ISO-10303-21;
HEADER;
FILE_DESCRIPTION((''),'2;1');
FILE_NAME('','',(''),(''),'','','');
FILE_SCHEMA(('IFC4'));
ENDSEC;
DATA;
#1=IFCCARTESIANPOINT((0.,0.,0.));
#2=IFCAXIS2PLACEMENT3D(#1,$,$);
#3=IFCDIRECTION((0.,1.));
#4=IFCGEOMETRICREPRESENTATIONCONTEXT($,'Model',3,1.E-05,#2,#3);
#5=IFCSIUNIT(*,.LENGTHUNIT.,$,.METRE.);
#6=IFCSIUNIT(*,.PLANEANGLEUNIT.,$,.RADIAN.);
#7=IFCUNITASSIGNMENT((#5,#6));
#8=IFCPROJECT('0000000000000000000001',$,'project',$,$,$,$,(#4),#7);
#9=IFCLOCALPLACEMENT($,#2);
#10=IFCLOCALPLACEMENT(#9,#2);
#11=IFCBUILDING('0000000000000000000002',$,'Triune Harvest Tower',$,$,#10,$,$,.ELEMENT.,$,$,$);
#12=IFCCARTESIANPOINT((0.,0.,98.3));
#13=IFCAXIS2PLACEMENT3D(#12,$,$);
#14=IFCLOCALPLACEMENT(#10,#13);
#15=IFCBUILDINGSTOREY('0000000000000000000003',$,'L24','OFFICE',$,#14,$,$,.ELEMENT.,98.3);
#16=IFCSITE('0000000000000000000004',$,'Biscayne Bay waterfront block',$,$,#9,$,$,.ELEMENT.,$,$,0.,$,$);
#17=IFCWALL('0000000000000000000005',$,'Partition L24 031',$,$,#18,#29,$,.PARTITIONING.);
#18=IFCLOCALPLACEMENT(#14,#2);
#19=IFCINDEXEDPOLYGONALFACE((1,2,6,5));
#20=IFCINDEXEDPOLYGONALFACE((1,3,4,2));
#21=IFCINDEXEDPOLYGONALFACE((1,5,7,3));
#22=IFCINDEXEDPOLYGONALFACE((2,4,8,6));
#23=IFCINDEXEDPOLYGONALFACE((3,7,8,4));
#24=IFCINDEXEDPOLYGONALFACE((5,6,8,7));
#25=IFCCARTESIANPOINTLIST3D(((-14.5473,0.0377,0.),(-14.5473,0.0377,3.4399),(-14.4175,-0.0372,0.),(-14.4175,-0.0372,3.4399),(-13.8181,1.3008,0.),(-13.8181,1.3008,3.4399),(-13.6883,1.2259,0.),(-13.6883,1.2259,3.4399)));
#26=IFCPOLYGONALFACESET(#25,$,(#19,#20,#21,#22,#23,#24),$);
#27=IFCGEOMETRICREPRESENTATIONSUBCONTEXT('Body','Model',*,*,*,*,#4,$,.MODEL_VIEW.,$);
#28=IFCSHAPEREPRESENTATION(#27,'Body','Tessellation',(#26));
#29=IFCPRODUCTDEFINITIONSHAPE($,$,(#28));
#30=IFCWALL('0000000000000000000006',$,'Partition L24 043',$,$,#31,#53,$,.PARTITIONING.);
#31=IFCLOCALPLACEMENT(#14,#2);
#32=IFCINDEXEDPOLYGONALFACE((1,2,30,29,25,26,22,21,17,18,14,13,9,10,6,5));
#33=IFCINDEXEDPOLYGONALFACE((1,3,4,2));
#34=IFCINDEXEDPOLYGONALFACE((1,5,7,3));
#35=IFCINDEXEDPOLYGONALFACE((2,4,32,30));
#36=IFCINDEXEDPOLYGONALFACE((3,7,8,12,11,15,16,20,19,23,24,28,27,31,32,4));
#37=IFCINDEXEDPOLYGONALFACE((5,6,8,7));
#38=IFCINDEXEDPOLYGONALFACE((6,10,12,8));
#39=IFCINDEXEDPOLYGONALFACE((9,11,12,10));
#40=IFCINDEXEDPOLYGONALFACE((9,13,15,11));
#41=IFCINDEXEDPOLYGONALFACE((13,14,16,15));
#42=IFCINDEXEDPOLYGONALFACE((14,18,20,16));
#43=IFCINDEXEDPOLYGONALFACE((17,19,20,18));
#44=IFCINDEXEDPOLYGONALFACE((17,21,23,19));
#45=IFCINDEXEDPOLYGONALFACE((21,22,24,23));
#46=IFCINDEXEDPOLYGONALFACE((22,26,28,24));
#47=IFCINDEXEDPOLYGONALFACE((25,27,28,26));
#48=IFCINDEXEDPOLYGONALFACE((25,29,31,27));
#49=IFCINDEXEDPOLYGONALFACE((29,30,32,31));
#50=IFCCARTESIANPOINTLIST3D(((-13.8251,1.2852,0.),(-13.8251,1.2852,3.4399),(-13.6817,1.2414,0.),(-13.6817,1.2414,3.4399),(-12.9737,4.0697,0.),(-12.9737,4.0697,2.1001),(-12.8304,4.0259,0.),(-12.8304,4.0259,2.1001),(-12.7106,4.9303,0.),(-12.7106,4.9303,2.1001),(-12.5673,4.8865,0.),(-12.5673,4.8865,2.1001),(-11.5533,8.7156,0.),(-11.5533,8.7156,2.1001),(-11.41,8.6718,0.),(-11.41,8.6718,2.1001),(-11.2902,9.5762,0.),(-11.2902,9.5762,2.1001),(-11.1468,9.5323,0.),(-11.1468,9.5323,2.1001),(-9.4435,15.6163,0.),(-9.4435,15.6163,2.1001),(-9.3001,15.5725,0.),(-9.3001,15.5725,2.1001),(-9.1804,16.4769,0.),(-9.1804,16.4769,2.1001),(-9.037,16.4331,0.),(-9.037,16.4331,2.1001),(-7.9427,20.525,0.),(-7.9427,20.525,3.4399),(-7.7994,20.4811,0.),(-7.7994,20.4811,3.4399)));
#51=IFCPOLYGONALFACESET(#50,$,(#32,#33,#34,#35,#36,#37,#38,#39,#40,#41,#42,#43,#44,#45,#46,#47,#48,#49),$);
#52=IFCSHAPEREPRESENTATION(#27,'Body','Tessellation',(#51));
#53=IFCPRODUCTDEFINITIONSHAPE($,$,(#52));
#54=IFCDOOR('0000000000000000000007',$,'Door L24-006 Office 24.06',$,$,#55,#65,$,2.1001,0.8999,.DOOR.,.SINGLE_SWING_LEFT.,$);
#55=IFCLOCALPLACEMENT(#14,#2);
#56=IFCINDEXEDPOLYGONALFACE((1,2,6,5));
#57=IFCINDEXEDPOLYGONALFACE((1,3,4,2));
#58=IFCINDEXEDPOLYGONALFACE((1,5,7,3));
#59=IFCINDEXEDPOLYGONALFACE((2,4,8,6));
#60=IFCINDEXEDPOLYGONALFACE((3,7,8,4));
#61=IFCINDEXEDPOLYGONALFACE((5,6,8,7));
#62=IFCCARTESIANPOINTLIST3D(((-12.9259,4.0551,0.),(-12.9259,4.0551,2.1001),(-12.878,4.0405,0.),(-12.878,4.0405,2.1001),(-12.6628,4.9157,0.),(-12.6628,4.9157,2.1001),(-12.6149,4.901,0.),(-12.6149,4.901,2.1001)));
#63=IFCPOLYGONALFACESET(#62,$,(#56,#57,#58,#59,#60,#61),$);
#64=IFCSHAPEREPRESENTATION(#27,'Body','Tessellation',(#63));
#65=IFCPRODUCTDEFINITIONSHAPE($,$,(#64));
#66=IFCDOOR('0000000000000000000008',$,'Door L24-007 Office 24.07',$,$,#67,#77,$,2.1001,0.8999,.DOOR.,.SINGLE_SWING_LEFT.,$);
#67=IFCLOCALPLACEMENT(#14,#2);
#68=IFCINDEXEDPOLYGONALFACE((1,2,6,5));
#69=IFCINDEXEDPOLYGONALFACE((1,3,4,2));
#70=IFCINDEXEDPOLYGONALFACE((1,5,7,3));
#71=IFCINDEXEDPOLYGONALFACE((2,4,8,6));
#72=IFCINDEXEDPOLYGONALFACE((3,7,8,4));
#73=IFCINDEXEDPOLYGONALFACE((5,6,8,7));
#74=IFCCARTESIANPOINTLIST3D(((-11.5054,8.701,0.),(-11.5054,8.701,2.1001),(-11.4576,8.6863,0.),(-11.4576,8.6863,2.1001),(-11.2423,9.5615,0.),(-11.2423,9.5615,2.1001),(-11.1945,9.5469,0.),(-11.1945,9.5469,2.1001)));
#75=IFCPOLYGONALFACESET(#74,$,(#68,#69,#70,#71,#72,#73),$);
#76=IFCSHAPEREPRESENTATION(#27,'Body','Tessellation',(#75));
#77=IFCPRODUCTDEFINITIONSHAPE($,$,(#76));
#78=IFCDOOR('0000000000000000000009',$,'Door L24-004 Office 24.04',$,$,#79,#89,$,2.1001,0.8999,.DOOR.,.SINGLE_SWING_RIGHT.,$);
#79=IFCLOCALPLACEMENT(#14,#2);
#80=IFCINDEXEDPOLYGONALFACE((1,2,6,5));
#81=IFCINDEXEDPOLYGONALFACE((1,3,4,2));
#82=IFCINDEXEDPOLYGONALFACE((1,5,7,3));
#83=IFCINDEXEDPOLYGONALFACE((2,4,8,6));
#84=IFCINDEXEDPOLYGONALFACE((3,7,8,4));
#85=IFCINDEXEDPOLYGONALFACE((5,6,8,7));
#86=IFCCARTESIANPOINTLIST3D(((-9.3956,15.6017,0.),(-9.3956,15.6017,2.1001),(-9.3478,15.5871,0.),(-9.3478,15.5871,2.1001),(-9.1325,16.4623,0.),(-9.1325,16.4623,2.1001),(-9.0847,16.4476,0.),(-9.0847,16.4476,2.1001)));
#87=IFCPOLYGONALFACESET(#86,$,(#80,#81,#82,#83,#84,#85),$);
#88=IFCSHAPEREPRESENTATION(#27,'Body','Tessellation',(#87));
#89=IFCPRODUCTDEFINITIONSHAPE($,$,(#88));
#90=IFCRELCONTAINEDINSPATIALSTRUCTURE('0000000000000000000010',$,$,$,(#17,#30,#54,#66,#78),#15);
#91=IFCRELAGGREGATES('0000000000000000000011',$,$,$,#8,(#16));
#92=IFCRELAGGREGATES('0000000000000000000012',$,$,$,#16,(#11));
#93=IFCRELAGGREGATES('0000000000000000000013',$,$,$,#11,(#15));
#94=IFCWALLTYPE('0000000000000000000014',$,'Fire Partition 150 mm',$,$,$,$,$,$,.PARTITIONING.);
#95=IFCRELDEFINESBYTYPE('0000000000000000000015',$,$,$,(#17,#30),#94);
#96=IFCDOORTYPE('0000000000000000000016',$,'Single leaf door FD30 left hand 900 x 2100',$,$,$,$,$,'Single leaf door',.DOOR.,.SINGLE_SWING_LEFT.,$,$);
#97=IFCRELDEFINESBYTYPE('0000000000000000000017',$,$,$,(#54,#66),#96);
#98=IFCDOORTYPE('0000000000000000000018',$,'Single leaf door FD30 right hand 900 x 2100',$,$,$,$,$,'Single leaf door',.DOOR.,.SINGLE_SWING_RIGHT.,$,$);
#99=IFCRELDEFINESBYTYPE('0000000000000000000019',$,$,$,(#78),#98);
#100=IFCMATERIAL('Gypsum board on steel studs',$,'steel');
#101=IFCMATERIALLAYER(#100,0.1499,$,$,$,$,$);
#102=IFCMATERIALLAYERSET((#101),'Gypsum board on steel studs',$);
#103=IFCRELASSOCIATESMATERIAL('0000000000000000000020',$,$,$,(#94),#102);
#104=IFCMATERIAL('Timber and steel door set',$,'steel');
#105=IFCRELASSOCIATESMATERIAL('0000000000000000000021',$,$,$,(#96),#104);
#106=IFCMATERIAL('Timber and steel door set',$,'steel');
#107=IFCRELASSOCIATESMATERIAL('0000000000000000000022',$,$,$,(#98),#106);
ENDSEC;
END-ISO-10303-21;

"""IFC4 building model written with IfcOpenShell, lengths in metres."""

from ifc_helpers import new_model, si_unit, direction, frame, frame_2d, origin, place, context, subcontext, project, spatial, rectangle, extrude, source, transform, mapped, material, layer, layer_set, type_object, element, fill, save


model = new_model("IFC4")

# Units and contexts
model_context = context("Model", 3, precision=1e-05, world=origin(), true_north=direction((0.0, 1.0)))
body_context = subcontext(model_context, "Body", "Model", "MODEL_VIEW")
ifc_project = project(units=[si_unit("LENGTHUNIT", "METRE"), si_unit("PLANEANGLEUNIT", "RADIAN")], contexts=[model_context])

# Site, building, storey
site_placement = place(None, origin())
site = spatial("IfcSite", under=ifc_project, at=site_placement, Name="Biscayne Bay waterfront block", CompositionType="ELEMENT", RefElevation=0.0)
building_placement = place(site_placement, origin())
building = spatial("IfcBuilding", under=site, at=building_placement, Name="Triune Harvest Tower", CompositionType="ELEMENT")
storey_placement = place(building_placement, frame((0.0, 0.0, 98.3)))
storey = spatial("IfcBuildingStorey", under=building, at=storey_placement, Name="L24", Description="OFFICE", CompositionType="ELEMENT", Elevation=98.3)

# Shared definitions
ifc_material_1 = material(Name="Gypsum board on steel studs", Category="steel")
ifc_layer_1 = layer(ifc_material_1, 0.1499)
ifc_layer_set_1 = layer_set([ifc_layer_1], Name="Gypsum board on steel studs")
wall_type_1 = type_object("IfcWallType", Name="Fire Partition 150 mm", PredefinedType="PARTITIONING", material=ifc_layer_set_1)

# Shared definitions
ifc_material_2 = material(Name="Timber and steel door set", Category="steel")
door_type_1 = type_object("IfcDoorType", Name="Single leaf door FD30 left hand 900 x 2100", ElementType="Single leaf door", OperationType="SINGLE_SWING_LEFT", PredefinedType="DOOR", material=ifc_material_2)
ifc_material_3 = material(Name="Timber and steel door set", Category="steel")
door_type_2 = type_object("IfcDoorType", Name="Single leaf door FD30 right hand 900 x 2100", ElementType="Single leaf door", OperationType="SINGLE_SWING_RIGHT", PredefinedType="DOOR", material=ifc_material_3)

# Wall
shared_shape_1 = source(origin(), body_context, "Body", "SweptSolid", [
    extrude(rectangle(XDim=1.4585, YDim=0.1499, at=frame_2d((0.7292, 0.0))), origin(), (0.0, 0.0, 1.0), 3.4399),
])
wall_1_placement = place(storey_placement, frame((-14.4824, 0.0002, 0.0), z_axis=(0.0, 0.0, 1.0), x_axis=(0.499974, 0.866041, 0.0)))
element("IfcWall", 1, at=wall_1_placement, inside=storey, type_object=wall_type_1, Name="Partition L24 031", PredefinedType="PARTITIONING", context=body_context, shape_type="MappedRepresentation", body=[
    mapped(shared_shape_1, transform((0.0, 0.0, 0.0), scale=1.0)),
])

# Wall, openings, doors
shared_shape_2 = source(origin(), body_context, "Body", "SweptSolid", [
    extrude(rectangle(XDim=20.1189, YDim=0.1499, at=frame_2d((10.0596, 0.0))), origin(), (0.0, 0.0, 1.0), 3.4399),
])
wall_2_placement = place(storey_placement, frame((-13.7534, 1.2632, 0.0), z_axis=(0.0, 0.0, 1.0), x_axis=(0.292378, 0.956303, 0.0)))
wall_2 = element("IfcWall", 2, at=wall_2_placement, inside=storey, type_object=wall_type_1, Name="Partition L24 043", PredefinedType="PARTITIONING", context=body_context, shape_type="MappedRepresentation", body=[
    mapped(shared_shape_2, transform((0.0, 0.0, 0.0), scale=1.0)),
])
opening_1_placement = place(wall_2_placement, frame((14.9861, 0.0, 0.0)))
opening_1 = element("IfcOpeningElement", 3, at=opening_1_placement, cuts=wall_2, PredefinedType="OPENING", context=body_context, shape_type="SweptSolid", body=[
    extrude(rectangle(XDim=0.8999, YDim=2.1001, at=frame_2d((0.45, 1.05))), frame((0.0, 0.085, 0.0), z_axis=(0.0, -1.0, 0.0), x_axis=(1.0, 0.0, 0.0)), (0.0, 0.0, 1.0), 0.1699),
])
opening_2_placement = place(wall_2_placement, frame((2.9119, 0.0, 0.0)))
opening_2 = element("IfcOpeningElement", 4, at=opening_2_placement, cuts=wall_2, PredefinedType="OPENING", context=body_context, shape_type="SweptSolid", body=[
    extrude(rectangle(XDim=0.8999, YDim=2.1001, at=frame_2d((0.45, 1.05))), frame((0.0, 0.085, 0.0), z_axis=(0.0, -1.0, 0.0), x_axis=(1.0, 0.0, 0.0)), (0.0, 0.0, 1.0), 0.1699),
])
opening_3_placement = place(wall_2_placement, frame((7.77, 0.0, 0.0)))
opening_3 = element("IfcOpeningElement", 5, at=opening_3_placement, cuts=wall_2, PredefinedType="OPENING", context=body_context, shape_type="SweptSolid", body=[
    extrude(rectangle(XDim=0.8999, YDim=2.1001, at=frame_2d((0.45, 1.05))), frame((0.0, 0.085, 0.0), z_axis=(0.0, -1.0, 0.0), x_axis=(1.0, 0.0, 0.0)), (0.0, 0.0, 1.0), 0.1699),
])
door_1_placement = place(opening_2_placement, origin())
door_1 = element("IfcDoor", 6, at=door_1_placement, inside=storey, type_object=door_type_1, Name="Door L24-006 Office 24.06", OperationType="SINGLE_SWING_LEFT", OverallHeight=2.1001, OverallWidth=0.8999, PredefinedType="DOOR", context=body_context, shape_type="SweptSolid", body=[
    extrude(rectangle(XDim=0.8999, YDim=2.1001, at=frame_2d((0.45, 1.05))), frame((0.0, 0.0249, 0.0), z_axis=(0.0, -1.0, 0.0), x_axis=(1.0, 0.0, 0.0)), (0.0, 0.0, 1.0), 0.05),
])
fill(opening_2, door_1)
door_2_placement = place(opening_3_placement, origin())
door_2 = element("IfcDoor", 7, at=door_2_placement, inside=storey, type_object=door_type_1, Name="Door L24-007 Office 24.07", OperationType="SINGLE_SWING_LEFT", OverallHeight=2.1001, OverallWidth=0.8999, PredefinedType="DOOR", context=body_context, shape_type="SweptSolid", body=[
    extrude(rectangle(XDim=0.8999, YDim=2.1001, at=frame_2d((0.45, 1.05))), frame((0.0, 0.0249, 0.0), z_axis=(0.0, -1.0, 0.0), x_axis=(1.0, 0.0, 0.0)), (0.0, 0.0, 1.0), 0.05),
])
fill(opening_3, door_2)
door_3_placement = place(opening_1_placement, origin())
door_3 = element("IfcDoor", 8, at=door_3_placement, inside=storey, type_object=door_type_2, Name="Door L24-004 Office 24.04", OperationType="SINGLE_SWING_RIGHT", OverallHeight=2.1001, OverallWidth=0.8999, PredefinedType="DOOR", context=body_context, shape_type="SweptSolid", body=[
    extrude(rectangle(XDim=0.8999, YDim=2.1001, at=frame_2d((0.45, 1.05))), frame((0.0, 0.0249, 0.0), z_axis=(0.0, -1.0, 0.0), x_axis=(1.0, 0.0, 0.0)), (0.0, 0.0, 1.0), 0.05),
])
fill(opening_1, door_3)

save(model, "model.ifc")
